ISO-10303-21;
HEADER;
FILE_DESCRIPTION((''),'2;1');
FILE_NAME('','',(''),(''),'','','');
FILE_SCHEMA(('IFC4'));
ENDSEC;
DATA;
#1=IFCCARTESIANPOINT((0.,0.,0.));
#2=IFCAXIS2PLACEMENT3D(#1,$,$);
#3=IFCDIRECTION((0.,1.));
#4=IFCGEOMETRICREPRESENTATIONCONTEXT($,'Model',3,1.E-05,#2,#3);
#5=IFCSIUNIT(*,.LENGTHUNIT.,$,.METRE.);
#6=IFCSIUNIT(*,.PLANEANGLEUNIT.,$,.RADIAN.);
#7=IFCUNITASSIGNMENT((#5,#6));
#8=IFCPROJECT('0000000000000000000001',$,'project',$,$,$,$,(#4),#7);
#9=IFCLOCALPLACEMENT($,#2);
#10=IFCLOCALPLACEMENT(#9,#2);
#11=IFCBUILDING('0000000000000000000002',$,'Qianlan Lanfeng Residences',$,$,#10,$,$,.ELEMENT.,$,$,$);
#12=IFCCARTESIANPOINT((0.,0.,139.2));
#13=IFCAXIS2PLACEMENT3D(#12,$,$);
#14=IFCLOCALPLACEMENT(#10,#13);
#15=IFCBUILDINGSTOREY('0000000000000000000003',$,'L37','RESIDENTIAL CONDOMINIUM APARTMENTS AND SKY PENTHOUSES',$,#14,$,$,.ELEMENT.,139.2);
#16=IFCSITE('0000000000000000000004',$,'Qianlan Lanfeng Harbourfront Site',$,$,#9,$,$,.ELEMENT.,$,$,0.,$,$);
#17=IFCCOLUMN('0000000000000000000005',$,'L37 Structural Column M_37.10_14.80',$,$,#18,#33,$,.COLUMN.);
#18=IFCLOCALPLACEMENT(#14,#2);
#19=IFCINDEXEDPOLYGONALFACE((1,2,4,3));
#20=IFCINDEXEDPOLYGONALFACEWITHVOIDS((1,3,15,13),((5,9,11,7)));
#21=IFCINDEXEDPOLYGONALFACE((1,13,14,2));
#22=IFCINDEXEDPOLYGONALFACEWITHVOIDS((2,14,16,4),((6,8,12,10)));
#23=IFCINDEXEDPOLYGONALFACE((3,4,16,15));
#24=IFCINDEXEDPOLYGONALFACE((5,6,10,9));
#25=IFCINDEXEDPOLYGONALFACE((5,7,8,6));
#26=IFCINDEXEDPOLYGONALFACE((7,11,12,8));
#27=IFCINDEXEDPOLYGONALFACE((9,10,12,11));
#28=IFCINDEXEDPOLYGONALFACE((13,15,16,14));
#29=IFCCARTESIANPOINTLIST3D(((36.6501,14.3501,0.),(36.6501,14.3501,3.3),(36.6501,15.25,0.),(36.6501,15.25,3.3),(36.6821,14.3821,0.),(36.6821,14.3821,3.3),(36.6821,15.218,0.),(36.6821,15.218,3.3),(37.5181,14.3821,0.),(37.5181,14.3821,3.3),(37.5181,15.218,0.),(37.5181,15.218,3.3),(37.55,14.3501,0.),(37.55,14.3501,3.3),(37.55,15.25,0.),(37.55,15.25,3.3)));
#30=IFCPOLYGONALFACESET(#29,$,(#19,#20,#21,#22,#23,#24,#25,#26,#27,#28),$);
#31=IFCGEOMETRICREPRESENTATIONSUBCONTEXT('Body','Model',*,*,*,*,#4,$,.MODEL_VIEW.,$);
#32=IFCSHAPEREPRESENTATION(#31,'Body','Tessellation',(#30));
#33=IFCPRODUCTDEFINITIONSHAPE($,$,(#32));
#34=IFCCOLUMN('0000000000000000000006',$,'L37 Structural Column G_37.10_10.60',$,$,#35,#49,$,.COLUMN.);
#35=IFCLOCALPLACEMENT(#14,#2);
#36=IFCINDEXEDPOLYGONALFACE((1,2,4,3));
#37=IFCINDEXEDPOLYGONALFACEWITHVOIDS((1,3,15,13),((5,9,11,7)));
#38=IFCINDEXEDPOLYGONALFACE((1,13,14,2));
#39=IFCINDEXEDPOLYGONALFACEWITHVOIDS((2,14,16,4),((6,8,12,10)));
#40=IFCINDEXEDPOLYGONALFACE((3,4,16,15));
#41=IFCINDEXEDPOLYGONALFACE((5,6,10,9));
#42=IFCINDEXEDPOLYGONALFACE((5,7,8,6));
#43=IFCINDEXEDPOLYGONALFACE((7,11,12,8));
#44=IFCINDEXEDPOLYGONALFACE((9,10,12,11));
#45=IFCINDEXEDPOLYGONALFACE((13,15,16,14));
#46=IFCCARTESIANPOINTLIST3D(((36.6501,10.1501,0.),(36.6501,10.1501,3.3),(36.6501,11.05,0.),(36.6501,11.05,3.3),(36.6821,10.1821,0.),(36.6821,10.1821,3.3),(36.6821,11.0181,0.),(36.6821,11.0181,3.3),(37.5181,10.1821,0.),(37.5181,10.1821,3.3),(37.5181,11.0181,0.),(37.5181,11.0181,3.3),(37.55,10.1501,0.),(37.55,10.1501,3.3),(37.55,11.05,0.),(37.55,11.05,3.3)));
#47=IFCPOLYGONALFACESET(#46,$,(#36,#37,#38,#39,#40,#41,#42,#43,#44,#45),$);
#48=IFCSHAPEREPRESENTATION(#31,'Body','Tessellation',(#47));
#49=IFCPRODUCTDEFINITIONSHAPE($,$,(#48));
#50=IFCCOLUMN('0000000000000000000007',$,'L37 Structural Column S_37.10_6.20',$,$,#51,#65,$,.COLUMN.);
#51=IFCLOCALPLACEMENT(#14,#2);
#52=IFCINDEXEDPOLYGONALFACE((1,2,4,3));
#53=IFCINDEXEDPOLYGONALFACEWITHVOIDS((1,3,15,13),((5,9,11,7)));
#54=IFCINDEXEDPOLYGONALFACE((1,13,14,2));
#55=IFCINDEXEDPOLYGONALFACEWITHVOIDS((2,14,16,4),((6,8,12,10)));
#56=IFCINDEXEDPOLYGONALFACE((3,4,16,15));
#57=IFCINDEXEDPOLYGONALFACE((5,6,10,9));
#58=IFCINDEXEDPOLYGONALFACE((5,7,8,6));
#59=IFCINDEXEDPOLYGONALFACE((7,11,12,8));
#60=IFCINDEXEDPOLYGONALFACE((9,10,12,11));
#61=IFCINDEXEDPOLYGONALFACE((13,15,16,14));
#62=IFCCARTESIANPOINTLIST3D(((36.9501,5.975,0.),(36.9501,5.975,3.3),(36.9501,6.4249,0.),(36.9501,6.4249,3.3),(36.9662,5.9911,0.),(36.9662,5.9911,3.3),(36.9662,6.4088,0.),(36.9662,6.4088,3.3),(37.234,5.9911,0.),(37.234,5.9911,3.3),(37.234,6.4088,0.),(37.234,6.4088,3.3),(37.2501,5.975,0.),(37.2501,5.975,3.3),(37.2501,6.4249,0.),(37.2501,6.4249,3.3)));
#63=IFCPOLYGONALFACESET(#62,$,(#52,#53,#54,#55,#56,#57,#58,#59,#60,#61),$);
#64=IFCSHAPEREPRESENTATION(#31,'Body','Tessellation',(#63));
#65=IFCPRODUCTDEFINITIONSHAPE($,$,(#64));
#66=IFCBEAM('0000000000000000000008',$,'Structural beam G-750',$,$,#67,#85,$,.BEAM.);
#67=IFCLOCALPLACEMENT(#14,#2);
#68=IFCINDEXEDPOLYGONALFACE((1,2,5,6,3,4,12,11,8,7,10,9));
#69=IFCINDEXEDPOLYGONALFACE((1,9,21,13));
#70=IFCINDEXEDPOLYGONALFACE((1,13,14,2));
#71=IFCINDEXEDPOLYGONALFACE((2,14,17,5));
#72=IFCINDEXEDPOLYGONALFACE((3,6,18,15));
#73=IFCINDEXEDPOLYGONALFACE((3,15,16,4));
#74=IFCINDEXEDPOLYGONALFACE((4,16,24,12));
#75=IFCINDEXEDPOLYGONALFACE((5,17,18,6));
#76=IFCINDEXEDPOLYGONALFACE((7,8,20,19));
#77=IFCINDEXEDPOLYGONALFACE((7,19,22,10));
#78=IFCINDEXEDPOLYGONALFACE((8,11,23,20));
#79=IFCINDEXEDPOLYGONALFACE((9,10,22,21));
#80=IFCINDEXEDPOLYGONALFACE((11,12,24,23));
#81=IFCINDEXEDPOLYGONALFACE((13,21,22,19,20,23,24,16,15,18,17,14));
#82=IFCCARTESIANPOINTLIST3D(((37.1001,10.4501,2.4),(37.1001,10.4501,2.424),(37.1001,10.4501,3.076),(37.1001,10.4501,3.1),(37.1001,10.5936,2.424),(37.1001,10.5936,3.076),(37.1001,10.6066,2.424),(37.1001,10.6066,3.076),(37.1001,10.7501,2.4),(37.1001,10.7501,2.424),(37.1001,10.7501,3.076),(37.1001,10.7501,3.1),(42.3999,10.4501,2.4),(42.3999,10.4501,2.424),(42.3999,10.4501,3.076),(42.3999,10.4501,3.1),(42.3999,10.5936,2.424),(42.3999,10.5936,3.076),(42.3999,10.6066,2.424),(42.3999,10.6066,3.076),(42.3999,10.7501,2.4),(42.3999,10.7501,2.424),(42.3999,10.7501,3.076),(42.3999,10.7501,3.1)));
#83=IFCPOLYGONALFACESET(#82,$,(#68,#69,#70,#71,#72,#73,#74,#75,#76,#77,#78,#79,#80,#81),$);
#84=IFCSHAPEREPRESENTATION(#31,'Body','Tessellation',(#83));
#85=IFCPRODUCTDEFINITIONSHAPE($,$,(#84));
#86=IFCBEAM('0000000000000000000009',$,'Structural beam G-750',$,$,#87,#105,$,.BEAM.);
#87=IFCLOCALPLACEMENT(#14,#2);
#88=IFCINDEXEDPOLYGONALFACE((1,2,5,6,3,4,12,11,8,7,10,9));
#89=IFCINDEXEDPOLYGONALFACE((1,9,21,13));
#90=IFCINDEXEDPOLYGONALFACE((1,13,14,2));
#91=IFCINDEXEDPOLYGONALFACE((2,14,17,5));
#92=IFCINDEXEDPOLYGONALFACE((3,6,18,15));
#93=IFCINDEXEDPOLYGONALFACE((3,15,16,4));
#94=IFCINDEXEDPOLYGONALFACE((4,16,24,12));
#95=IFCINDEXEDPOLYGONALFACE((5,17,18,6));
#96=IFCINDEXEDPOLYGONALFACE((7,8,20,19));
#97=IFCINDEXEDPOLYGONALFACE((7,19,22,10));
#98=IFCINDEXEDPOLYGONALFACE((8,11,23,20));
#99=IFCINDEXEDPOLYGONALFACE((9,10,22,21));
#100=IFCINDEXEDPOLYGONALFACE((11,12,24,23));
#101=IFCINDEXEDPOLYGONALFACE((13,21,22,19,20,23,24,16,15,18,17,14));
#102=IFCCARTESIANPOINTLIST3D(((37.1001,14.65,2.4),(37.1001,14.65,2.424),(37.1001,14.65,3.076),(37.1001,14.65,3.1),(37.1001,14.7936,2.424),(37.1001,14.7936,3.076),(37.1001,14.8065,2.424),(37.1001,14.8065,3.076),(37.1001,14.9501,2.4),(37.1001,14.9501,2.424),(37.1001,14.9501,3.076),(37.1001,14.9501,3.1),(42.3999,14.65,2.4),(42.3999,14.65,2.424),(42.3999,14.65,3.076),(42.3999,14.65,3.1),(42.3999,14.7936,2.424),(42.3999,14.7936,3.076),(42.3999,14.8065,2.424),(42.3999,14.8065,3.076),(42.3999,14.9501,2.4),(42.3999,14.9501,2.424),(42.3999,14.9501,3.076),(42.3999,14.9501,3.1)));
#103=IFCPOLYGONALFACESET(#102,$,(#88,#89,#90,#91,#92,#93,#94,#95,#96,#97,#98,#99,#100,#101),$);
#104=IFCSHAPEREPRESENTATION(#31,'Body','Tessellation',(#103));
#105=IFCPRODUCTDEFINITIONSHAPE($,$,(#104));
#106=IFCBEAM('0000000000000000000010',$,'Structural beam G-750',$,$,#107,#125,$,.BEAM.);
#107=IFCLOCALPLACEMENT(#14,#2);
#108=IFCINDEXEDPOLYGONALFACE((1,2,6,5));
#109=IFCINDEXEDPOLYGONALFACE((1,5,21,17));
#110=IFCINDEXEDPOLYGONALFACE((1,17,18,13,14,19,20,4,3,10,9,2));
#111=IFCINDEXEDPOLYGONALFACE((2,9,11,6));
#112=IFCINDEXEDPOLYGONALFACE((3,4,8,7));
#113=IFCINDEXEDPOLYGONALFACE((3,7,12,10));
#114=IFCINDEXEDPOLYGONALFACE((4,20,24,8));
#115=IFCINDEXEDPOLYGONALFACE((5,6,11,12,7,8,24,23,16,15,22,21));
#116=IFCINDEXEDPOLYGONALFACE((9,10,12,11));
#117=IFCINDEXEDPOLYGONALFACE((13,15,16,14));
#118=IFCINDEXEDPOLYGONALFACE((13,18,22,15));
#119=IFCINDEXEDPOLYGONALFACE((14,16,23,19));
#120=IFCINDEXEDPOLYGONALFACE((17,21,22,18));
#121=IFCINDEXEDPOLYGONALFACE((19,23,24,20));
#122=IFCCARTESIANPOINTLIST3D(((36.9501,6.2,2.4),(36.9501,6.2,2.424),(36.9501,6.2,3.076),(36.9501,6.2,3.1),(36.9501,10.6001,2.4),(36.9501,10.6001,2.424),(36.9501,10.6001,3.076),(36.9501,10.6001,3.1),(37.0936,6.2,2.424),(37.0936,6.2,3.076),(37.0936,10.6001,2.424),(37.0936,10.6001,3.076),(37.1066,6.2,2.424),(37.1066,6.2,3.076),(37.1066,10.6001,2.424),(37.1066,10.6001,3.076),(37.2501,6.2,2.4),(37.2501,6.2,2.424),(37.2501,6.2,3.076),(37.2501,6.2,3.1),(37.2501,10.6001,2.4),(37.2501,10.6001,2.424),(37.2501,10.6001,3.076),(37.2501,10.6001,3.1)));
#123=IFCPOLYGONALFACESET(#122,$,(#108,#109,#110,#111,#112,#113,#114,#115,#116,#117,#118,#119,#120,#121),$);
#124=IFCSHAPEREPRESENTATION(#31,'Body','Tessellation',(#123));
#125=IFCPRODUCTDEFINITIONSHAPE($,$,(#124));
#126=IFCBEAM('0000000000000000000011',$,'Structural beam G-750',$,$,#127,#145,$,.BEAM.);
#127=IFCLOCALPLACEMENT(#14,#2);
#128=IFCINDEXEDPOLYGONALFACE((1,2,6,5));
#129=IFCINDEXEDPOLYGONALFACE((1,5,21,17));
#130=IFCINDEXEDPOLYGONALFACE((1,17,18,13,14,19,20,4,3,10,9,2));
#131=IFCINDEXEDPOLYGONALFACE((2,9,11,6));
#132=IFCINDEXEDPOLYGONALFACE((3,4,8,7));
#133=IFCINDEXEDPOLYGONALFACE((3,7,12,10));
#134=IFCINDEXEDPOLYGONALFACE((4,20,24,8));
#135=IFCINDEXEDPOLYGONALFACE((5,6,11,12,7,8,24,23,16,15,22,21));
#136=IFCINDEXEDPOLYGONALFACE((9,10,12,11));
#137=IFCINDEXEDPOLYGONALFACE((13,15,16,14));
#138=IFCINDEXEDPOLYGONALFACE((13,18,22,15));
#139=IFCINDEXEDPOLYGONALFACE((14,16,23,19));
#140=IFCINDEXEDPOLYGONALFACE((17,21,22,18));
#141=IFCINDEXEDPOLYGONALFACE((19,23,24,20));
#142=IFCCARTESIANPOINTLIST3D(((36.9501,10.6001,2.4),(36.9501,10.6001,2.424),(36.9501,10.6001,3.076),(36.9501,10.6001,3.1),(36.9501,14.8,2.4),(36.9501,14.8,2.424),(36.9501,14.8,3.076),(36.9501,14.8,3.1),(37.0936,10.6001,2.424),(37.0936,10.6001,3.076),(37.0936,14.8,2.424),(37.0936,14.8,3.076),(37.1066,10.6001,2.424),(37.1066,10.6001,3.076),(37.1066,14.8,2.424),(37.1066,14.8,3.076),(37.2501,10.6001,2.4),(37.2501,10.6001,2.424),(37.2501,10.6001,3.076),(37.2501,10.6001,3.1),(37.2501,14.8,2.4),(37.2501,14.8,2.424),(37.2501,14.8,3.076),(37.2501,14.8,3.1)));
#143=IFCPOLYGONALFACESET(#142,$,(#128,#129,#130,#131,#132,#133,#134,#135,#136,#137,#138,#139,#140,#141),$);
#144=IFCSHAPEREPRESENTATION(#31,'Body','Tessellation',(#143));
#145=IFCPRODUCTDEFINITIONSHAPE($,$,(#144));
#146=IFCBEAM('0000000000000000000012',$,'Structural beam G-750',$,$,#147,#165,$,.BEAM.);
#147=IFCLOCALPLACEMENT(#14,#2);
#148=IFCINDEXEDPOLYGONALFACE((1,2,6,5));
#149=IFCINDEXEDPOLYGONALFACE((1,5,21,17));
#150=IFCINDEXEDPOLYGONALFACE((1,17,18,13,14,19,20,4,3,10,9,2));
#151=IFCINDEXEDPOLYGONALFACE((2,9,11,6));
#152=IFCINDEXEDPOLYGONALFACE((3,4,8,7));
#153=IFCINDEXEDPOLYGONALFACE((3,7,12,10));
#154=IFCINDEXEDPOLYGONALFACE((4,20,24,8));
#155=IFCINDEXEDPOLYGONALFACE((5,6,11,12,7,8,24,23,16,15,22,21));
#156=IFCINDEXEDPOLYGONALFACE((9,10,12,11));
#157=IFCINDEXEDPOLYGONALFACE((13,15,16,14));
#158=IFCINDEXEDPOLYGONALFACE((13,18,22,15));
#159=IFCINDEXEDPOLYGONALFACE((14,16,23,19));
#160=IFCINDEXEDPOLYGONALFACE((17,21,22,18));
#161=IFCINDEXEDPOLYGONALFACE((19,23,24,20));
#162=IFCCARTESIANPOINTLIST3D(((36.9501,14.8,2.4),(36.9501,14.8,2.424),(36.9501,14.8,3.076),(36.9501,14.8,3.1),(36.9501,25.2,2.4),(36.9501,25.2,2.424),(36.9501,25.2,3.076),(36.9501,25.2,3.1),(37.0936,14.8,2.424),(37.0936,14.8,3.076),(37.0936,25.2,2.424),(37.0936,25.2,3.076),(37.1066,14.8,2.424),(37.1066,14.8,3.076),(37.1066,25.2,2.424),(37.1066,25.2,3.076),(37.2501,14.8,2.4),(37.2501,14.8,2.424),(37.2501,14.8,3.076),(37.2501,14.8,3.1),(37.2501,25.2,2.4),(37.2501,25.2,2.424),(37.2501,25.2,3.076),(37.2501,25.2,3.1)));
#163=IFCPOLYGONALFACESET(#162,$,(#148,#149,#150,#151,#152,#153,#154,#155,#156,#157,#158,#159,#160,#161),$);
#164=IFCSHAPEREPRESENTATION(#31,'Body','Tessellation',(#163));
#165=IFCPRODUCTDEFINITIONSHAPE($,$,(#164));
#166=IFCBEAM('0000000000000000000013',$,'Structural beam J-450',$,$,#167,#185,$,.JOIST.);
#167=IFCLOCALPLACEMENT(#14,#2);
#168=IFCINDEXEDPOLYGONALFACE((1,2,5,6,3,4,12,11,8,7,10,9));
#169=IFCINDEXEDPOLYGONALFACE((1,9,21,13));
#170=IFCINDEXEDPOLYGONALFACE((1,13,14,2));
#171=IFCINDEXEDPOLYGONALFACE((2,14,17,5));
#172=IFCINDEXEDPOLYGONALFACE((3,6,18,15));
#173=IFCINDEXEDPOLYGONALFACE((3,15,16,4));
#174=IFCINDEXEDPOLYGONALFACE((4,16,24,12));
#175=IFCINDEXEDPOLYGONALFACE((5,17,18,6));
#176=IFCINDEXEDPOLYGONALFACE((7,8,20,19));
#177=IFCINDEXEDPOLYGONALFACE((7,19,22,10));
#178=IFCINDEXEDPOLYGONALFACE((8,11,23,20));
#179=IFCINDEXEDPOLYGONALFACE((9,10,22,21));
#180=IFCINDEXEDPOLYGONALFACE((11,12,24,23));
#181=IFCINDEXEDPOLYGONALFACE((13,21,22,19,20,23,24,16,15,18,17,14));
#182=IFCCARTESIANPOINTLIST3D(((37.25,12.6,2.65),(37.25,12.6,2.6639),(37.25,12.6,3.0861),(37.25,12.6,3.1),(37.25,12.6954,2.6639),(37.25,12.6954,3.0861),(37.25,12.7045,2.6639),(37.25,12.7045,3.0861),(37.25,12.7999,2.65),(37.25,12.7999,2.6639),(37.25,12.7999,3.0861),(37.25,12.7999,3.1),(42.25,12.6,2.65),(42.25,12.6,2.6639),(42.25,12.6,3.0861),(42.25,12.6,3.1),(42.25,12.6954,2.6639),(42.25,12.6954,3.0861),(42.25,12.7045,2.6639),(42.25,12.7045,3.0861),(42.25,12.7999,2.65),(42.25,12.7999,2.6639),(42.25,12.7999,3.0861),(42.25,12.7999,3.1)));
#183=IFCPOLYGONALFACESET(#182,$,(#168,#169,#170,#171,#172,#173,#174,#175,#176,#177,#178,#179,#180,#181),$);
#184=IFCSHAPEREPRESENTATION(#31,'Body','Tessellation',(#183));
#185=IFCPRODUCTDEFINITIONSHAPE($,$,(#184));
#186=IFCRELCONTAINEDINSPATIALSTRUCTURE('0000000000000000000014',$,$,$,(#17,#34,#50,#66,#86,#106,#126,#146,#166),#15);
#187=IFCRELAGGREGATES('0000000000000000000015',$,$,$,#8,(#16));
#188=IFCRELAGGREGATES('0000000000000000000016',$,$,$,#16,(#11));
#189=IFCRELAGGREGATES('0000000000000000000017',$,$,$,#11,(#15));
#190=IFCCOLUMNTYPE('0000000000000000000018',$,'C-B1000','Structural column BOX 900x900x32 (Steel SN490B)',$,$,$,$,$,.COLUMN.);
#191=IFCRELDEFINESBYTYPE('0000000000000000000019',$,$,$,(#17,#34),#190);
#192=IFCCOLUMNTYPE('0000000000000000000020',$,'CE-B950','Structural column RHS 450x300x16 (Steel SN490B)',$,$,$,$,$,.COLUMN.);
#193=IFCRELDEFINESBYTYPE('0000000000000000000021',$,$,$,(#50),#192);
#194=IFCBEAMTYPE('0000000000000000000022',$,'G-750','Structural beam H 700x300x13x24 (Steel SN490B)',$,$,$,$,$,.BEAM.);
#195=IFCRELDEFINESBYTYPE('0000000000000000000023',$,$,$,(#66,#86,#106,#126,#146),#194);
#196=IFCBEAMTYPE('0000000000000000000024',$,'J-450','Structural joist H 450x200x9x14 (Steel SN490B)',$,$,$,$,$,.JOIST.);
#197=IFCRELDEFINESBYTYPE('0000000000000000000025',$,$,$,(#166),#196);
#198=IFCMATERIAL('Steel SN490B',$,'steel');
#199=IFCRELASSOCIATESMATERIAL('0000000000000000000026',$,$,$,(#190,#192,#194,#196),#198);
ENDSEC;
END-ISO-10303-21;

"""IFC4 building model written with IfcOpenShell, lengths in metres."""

from ifc_helpers import new_model, si_unit, direction, frame, origin, origin_2d, place, context, subcontext, project, spatial, hollow_rectangle, i_section, extrude, material, material_profile, profile_set, type_object, element, save


model = new_model("IFC4")

# Units and contexts
model_context = context("Model", 3, precision=1e-05, world=origin(), true_north=direction((0.0, 1.0)))
body_context = subcontext(model_context, "Body", "Model", "MODEL_VIEW")
ifc_project = project(units=[si_unit("LENGTHUNIT", "METRE"), si_unit("PLANEANGLEUNIT", "RADIAN")], contexts=[model_context])

# Site, building, storey
site_placement = place(None, origin())
site = spatial("IfcSite", under=ifc_project, at=site_placement, Name="Qianlan Lanfeng Harbourfront Site", CompositionType="ELEMENT", RefElevation=0.0)
building_placement = place(site_placement, origin())
building = spatial("IfcBuilding", under=site, at=building_placement, Name="Qianlan Lanfeng Residences", CompositionType="ELEMENT")
storey_placement = place(building_placement, frame((0.0, 0.0, 139.2)))
storey = spatial("IfcBuildingStorey", under=building, at=storey_placement, Name="L37", Description="RESIDENTIAL CONDOMINIUM APARTMENTS AND SKY PENTHOUSES", CompositionType="ELEMENT", Elevation=139.2)

# Columns
ifc_material_1 = material(Name="Steel SN490B", Category="steel")
ifc_material_profile_1 = material_profile(ifc_material_1, hollow_rectangle(XDim=0.8999, YDim=0.8999, WallThickness=0.032, at=origin_2d()), Name="BOX 900x900x32")
ifc_profile_set_1 = profile_set([ifc_material_profile_1], Name="Steel SN490B")
column_type_1 = type_object("IfcColumnType", Name="C-B1000", Description="Structural column BOX 900x900x32 (Steel SN490B)", PredefinedType="COLUMN", material=ifc_profile_set_1)
for number, where, z_axis, x_axis, name in (
    (1, (37.1001, 14.8, 0.0), (0.0, 0.0, 1.0), (1.0, 0.0, 0.0), "L37 Structural Column M_37.10_14.80"),
    (2, (37.1001, 10.6001, 0.0), (0.0, 0.0, 1.0), (1.0, 0.0, 0.0), "L37 Structural Column G_37.10_10.60"),
):
    element("IfcColumn", number, at=place(storey_placement, frame(where, z_axis=z_axis, x_axis=x_axis)), inside=storey, type_object=column_type_1, Name=name, PredefinedType="COLUMN", context=body_context, shape_type="SweptSolid", body=[
        extrude(hollow_rectangle(XDim=0.8999, YDim=0.8999, WallThickness=0.032, at=origin_2d()), origin(), (0.0, 0.0, 1.0), 3.3),
    ])
ifc_material_profile_2 = material_profile(ifc_material_1, hollow_rectangle(XDim=0.3, YDim=0.45, WallThickness=0.0161, at=origin_2d()), Name="RHS 450x300x16")
ifc_profile_set_2 = profile_set([ifc_material_profile_2], Name="Steel SN490B")
column_type_2 = type_object("IfcColumnType", Name="CE-B950", Description="Structural column RHS 450x300x16 (Steel SN490B)", PredefinedType="COLUMN", material=ifc_profile_set_2)
column_placement = place(storey_placement, frame((37.1001, 6.2, 0.0), z_axis=(0.0, 0.0, 1.0), x_axis=(1.0, 0.0, 0.0)))
element("IfcColumn", 3, at=column_placement, inside=storey, type_object=column_type_2, Name="L37 Structural Column S_37.10_6.20", PredefinedType="COLUMN", context=body_context, shape_type="SweptSolid", body=[
    extrude(hollow_rectangle(XDim=0.3, YDim=0.45, WallThickness=0.0161, at=origin_2d()), origin(), (0.0, 0.0, 1.0), 3.3),
])

# Beams
ifc_material_profile_3 = material_profile(ifc_material_1, i_section(OverallWidth=0.3, OverallDepth=0.7, WebThickness=0.0129, FlangeThickness=0.0239, at=origin_2d()), Name="H 700x300x13x24")
ifc_profile_set_3 = profile_set([ifc_material_profile_3], Name="Steel SN490B")
beam_type_1 = type_object("IfcBeamType", Name="G-750", Description="Structural beam H 700x300x13x24 (Steel SN490B)", PredefinedType="BEAM", material=ifc_profile_set_3)
for number, where, z_axis, x_axis, name in (
    (4, (37.1001, 10.6001, 2.75), (1.0, 0.0, 0.0), (0.0, 1.0, 0.0), "Structural beam G-750"),
    (5, (37.1001, 14.8, 2.75), (1.0, 0.0, 0.0), (0.0, 1.0, 0.0), "Structural beam G-750"),
):
    element("IfcBeam", number, at=place(storey_placement, frame(where, z_axis=z_axis, x_axis=x_axis)), inside=storey, type_object=beam_type_1, Name=name, PredefinedType="BEAM", context=body_context, shape_type="SweptSolid", body=[
        extrude(i_section(OverallWidth=0.3, OverallDepth=0.7, WebThickness=0.0129, FlangeThickness=0.0239, at=origin_2d()), origin(), (0.0, 0.0, 1.0), 5.2998),
    ])
beam_1_placement = place(storey_placement, frame((37.1001, 6.2, 2.75), z_axis=(0.0, 1.0, 0.0), x_axis=(-1.0, 0.0, 0.0)))
element("IfcBeam", 6, at=beam_1_placement, inside=storey, type_object=beam_type_1, Name="Structural beam G-750", PredefinedType="BEAM", context=body_context, shape_type="SweptSolid", body=[
    extrude(i_section(OverallWidth=0.3, OverallDepth=0.7, WebThickness=0.0129, FlangeThickness=0.0239, at=origin_2d()), origin(), (0.0, 0.0, 1.0), 4.4001),
])
beam_2_placement = place(storey_placement, frame((37.1001, 10.6001, 2.75), z_axis=(0.0, 1.0, 0.0), x_axis=(-1.0, 0.0, 0.0)))
element("IfcBeam", 7, at=beam_2_placement, inside=storey, type_object=beam_type_1, Name="Structural beam G-750", PredefinedType="BEAM", context=body_context, shape_type="SweptSolid", body=[
    extrude(i_section(OverallWidth=0.3, OverallDepth=0.7, WebThickness=0.0129, FlangeThickness=0.0239, at=origin_2d()), origin(), (0.0, 0.0, 1.0), 4.2),
])
beam_3_placement = place(storey_placement, frame((37.1001, 14.8, 2.75), z_axis=(0.0, 1.0, 0.0), x_axis=(-1.0, 0.0, 0.0)))
element("IfcBeam", 8, at=beam_3_placement, inside=storey, type_object=beam_type_1, Name="Structural beam G-750", PredefinedType="BEAM", context=body_context, shape_type="SweptSolid", body=[
    extrude(i_section(OverallWidth=0.3, OverallDepth=0.7, WebThickness=0.0129, FlangeThickness=0.0239, at=origin_2d()), origin(), (0.0, 0.0, 1.0), 10.3999),
])
ifc_material_profile_4 = material_profile(ifc_material_1, i_section(OverallWidth=0.2, OverallDepth=0.45, WebThickness=0.009, FlangeThickness=0.0139, at=origin_2d()), Name="H 450x200x9x14")
ifc_profile_set_4 = profile_set([ifc_material_profile_4], Name="Steel SN490B")
beam_type_2 = type_object("IfcBeamType", Name="J-450", Description="Structural joist H 450x200x9x14 (Steel SN490B)", PredefinedType="JOIST", material=ifc_profile_set_4)
beam_4_placement = place(storey_placement, frame((37.25, 12.7, 2.875), z_axis=(1.0, 0.0, 0.0), x_axis=(0.0, 1.0, 0.0)))
element("IfcBeam", 9, at=beam_4_placement, inside=storey, type_object=beam_type_2, Name="Structural beam J-450", PredefinedType="JOIST", context=body_context, shape_type="SweptSolid", body=[
    extrude(i_section(OverallWidth=0.2, OverallDepth=0.45, WebThickness=0.009, FlangeThickness=0.0139, at=origin_2d()), origin(), (0.0, 0.0, 1.0), 5.0),
])

save(model, "model.ifc")
